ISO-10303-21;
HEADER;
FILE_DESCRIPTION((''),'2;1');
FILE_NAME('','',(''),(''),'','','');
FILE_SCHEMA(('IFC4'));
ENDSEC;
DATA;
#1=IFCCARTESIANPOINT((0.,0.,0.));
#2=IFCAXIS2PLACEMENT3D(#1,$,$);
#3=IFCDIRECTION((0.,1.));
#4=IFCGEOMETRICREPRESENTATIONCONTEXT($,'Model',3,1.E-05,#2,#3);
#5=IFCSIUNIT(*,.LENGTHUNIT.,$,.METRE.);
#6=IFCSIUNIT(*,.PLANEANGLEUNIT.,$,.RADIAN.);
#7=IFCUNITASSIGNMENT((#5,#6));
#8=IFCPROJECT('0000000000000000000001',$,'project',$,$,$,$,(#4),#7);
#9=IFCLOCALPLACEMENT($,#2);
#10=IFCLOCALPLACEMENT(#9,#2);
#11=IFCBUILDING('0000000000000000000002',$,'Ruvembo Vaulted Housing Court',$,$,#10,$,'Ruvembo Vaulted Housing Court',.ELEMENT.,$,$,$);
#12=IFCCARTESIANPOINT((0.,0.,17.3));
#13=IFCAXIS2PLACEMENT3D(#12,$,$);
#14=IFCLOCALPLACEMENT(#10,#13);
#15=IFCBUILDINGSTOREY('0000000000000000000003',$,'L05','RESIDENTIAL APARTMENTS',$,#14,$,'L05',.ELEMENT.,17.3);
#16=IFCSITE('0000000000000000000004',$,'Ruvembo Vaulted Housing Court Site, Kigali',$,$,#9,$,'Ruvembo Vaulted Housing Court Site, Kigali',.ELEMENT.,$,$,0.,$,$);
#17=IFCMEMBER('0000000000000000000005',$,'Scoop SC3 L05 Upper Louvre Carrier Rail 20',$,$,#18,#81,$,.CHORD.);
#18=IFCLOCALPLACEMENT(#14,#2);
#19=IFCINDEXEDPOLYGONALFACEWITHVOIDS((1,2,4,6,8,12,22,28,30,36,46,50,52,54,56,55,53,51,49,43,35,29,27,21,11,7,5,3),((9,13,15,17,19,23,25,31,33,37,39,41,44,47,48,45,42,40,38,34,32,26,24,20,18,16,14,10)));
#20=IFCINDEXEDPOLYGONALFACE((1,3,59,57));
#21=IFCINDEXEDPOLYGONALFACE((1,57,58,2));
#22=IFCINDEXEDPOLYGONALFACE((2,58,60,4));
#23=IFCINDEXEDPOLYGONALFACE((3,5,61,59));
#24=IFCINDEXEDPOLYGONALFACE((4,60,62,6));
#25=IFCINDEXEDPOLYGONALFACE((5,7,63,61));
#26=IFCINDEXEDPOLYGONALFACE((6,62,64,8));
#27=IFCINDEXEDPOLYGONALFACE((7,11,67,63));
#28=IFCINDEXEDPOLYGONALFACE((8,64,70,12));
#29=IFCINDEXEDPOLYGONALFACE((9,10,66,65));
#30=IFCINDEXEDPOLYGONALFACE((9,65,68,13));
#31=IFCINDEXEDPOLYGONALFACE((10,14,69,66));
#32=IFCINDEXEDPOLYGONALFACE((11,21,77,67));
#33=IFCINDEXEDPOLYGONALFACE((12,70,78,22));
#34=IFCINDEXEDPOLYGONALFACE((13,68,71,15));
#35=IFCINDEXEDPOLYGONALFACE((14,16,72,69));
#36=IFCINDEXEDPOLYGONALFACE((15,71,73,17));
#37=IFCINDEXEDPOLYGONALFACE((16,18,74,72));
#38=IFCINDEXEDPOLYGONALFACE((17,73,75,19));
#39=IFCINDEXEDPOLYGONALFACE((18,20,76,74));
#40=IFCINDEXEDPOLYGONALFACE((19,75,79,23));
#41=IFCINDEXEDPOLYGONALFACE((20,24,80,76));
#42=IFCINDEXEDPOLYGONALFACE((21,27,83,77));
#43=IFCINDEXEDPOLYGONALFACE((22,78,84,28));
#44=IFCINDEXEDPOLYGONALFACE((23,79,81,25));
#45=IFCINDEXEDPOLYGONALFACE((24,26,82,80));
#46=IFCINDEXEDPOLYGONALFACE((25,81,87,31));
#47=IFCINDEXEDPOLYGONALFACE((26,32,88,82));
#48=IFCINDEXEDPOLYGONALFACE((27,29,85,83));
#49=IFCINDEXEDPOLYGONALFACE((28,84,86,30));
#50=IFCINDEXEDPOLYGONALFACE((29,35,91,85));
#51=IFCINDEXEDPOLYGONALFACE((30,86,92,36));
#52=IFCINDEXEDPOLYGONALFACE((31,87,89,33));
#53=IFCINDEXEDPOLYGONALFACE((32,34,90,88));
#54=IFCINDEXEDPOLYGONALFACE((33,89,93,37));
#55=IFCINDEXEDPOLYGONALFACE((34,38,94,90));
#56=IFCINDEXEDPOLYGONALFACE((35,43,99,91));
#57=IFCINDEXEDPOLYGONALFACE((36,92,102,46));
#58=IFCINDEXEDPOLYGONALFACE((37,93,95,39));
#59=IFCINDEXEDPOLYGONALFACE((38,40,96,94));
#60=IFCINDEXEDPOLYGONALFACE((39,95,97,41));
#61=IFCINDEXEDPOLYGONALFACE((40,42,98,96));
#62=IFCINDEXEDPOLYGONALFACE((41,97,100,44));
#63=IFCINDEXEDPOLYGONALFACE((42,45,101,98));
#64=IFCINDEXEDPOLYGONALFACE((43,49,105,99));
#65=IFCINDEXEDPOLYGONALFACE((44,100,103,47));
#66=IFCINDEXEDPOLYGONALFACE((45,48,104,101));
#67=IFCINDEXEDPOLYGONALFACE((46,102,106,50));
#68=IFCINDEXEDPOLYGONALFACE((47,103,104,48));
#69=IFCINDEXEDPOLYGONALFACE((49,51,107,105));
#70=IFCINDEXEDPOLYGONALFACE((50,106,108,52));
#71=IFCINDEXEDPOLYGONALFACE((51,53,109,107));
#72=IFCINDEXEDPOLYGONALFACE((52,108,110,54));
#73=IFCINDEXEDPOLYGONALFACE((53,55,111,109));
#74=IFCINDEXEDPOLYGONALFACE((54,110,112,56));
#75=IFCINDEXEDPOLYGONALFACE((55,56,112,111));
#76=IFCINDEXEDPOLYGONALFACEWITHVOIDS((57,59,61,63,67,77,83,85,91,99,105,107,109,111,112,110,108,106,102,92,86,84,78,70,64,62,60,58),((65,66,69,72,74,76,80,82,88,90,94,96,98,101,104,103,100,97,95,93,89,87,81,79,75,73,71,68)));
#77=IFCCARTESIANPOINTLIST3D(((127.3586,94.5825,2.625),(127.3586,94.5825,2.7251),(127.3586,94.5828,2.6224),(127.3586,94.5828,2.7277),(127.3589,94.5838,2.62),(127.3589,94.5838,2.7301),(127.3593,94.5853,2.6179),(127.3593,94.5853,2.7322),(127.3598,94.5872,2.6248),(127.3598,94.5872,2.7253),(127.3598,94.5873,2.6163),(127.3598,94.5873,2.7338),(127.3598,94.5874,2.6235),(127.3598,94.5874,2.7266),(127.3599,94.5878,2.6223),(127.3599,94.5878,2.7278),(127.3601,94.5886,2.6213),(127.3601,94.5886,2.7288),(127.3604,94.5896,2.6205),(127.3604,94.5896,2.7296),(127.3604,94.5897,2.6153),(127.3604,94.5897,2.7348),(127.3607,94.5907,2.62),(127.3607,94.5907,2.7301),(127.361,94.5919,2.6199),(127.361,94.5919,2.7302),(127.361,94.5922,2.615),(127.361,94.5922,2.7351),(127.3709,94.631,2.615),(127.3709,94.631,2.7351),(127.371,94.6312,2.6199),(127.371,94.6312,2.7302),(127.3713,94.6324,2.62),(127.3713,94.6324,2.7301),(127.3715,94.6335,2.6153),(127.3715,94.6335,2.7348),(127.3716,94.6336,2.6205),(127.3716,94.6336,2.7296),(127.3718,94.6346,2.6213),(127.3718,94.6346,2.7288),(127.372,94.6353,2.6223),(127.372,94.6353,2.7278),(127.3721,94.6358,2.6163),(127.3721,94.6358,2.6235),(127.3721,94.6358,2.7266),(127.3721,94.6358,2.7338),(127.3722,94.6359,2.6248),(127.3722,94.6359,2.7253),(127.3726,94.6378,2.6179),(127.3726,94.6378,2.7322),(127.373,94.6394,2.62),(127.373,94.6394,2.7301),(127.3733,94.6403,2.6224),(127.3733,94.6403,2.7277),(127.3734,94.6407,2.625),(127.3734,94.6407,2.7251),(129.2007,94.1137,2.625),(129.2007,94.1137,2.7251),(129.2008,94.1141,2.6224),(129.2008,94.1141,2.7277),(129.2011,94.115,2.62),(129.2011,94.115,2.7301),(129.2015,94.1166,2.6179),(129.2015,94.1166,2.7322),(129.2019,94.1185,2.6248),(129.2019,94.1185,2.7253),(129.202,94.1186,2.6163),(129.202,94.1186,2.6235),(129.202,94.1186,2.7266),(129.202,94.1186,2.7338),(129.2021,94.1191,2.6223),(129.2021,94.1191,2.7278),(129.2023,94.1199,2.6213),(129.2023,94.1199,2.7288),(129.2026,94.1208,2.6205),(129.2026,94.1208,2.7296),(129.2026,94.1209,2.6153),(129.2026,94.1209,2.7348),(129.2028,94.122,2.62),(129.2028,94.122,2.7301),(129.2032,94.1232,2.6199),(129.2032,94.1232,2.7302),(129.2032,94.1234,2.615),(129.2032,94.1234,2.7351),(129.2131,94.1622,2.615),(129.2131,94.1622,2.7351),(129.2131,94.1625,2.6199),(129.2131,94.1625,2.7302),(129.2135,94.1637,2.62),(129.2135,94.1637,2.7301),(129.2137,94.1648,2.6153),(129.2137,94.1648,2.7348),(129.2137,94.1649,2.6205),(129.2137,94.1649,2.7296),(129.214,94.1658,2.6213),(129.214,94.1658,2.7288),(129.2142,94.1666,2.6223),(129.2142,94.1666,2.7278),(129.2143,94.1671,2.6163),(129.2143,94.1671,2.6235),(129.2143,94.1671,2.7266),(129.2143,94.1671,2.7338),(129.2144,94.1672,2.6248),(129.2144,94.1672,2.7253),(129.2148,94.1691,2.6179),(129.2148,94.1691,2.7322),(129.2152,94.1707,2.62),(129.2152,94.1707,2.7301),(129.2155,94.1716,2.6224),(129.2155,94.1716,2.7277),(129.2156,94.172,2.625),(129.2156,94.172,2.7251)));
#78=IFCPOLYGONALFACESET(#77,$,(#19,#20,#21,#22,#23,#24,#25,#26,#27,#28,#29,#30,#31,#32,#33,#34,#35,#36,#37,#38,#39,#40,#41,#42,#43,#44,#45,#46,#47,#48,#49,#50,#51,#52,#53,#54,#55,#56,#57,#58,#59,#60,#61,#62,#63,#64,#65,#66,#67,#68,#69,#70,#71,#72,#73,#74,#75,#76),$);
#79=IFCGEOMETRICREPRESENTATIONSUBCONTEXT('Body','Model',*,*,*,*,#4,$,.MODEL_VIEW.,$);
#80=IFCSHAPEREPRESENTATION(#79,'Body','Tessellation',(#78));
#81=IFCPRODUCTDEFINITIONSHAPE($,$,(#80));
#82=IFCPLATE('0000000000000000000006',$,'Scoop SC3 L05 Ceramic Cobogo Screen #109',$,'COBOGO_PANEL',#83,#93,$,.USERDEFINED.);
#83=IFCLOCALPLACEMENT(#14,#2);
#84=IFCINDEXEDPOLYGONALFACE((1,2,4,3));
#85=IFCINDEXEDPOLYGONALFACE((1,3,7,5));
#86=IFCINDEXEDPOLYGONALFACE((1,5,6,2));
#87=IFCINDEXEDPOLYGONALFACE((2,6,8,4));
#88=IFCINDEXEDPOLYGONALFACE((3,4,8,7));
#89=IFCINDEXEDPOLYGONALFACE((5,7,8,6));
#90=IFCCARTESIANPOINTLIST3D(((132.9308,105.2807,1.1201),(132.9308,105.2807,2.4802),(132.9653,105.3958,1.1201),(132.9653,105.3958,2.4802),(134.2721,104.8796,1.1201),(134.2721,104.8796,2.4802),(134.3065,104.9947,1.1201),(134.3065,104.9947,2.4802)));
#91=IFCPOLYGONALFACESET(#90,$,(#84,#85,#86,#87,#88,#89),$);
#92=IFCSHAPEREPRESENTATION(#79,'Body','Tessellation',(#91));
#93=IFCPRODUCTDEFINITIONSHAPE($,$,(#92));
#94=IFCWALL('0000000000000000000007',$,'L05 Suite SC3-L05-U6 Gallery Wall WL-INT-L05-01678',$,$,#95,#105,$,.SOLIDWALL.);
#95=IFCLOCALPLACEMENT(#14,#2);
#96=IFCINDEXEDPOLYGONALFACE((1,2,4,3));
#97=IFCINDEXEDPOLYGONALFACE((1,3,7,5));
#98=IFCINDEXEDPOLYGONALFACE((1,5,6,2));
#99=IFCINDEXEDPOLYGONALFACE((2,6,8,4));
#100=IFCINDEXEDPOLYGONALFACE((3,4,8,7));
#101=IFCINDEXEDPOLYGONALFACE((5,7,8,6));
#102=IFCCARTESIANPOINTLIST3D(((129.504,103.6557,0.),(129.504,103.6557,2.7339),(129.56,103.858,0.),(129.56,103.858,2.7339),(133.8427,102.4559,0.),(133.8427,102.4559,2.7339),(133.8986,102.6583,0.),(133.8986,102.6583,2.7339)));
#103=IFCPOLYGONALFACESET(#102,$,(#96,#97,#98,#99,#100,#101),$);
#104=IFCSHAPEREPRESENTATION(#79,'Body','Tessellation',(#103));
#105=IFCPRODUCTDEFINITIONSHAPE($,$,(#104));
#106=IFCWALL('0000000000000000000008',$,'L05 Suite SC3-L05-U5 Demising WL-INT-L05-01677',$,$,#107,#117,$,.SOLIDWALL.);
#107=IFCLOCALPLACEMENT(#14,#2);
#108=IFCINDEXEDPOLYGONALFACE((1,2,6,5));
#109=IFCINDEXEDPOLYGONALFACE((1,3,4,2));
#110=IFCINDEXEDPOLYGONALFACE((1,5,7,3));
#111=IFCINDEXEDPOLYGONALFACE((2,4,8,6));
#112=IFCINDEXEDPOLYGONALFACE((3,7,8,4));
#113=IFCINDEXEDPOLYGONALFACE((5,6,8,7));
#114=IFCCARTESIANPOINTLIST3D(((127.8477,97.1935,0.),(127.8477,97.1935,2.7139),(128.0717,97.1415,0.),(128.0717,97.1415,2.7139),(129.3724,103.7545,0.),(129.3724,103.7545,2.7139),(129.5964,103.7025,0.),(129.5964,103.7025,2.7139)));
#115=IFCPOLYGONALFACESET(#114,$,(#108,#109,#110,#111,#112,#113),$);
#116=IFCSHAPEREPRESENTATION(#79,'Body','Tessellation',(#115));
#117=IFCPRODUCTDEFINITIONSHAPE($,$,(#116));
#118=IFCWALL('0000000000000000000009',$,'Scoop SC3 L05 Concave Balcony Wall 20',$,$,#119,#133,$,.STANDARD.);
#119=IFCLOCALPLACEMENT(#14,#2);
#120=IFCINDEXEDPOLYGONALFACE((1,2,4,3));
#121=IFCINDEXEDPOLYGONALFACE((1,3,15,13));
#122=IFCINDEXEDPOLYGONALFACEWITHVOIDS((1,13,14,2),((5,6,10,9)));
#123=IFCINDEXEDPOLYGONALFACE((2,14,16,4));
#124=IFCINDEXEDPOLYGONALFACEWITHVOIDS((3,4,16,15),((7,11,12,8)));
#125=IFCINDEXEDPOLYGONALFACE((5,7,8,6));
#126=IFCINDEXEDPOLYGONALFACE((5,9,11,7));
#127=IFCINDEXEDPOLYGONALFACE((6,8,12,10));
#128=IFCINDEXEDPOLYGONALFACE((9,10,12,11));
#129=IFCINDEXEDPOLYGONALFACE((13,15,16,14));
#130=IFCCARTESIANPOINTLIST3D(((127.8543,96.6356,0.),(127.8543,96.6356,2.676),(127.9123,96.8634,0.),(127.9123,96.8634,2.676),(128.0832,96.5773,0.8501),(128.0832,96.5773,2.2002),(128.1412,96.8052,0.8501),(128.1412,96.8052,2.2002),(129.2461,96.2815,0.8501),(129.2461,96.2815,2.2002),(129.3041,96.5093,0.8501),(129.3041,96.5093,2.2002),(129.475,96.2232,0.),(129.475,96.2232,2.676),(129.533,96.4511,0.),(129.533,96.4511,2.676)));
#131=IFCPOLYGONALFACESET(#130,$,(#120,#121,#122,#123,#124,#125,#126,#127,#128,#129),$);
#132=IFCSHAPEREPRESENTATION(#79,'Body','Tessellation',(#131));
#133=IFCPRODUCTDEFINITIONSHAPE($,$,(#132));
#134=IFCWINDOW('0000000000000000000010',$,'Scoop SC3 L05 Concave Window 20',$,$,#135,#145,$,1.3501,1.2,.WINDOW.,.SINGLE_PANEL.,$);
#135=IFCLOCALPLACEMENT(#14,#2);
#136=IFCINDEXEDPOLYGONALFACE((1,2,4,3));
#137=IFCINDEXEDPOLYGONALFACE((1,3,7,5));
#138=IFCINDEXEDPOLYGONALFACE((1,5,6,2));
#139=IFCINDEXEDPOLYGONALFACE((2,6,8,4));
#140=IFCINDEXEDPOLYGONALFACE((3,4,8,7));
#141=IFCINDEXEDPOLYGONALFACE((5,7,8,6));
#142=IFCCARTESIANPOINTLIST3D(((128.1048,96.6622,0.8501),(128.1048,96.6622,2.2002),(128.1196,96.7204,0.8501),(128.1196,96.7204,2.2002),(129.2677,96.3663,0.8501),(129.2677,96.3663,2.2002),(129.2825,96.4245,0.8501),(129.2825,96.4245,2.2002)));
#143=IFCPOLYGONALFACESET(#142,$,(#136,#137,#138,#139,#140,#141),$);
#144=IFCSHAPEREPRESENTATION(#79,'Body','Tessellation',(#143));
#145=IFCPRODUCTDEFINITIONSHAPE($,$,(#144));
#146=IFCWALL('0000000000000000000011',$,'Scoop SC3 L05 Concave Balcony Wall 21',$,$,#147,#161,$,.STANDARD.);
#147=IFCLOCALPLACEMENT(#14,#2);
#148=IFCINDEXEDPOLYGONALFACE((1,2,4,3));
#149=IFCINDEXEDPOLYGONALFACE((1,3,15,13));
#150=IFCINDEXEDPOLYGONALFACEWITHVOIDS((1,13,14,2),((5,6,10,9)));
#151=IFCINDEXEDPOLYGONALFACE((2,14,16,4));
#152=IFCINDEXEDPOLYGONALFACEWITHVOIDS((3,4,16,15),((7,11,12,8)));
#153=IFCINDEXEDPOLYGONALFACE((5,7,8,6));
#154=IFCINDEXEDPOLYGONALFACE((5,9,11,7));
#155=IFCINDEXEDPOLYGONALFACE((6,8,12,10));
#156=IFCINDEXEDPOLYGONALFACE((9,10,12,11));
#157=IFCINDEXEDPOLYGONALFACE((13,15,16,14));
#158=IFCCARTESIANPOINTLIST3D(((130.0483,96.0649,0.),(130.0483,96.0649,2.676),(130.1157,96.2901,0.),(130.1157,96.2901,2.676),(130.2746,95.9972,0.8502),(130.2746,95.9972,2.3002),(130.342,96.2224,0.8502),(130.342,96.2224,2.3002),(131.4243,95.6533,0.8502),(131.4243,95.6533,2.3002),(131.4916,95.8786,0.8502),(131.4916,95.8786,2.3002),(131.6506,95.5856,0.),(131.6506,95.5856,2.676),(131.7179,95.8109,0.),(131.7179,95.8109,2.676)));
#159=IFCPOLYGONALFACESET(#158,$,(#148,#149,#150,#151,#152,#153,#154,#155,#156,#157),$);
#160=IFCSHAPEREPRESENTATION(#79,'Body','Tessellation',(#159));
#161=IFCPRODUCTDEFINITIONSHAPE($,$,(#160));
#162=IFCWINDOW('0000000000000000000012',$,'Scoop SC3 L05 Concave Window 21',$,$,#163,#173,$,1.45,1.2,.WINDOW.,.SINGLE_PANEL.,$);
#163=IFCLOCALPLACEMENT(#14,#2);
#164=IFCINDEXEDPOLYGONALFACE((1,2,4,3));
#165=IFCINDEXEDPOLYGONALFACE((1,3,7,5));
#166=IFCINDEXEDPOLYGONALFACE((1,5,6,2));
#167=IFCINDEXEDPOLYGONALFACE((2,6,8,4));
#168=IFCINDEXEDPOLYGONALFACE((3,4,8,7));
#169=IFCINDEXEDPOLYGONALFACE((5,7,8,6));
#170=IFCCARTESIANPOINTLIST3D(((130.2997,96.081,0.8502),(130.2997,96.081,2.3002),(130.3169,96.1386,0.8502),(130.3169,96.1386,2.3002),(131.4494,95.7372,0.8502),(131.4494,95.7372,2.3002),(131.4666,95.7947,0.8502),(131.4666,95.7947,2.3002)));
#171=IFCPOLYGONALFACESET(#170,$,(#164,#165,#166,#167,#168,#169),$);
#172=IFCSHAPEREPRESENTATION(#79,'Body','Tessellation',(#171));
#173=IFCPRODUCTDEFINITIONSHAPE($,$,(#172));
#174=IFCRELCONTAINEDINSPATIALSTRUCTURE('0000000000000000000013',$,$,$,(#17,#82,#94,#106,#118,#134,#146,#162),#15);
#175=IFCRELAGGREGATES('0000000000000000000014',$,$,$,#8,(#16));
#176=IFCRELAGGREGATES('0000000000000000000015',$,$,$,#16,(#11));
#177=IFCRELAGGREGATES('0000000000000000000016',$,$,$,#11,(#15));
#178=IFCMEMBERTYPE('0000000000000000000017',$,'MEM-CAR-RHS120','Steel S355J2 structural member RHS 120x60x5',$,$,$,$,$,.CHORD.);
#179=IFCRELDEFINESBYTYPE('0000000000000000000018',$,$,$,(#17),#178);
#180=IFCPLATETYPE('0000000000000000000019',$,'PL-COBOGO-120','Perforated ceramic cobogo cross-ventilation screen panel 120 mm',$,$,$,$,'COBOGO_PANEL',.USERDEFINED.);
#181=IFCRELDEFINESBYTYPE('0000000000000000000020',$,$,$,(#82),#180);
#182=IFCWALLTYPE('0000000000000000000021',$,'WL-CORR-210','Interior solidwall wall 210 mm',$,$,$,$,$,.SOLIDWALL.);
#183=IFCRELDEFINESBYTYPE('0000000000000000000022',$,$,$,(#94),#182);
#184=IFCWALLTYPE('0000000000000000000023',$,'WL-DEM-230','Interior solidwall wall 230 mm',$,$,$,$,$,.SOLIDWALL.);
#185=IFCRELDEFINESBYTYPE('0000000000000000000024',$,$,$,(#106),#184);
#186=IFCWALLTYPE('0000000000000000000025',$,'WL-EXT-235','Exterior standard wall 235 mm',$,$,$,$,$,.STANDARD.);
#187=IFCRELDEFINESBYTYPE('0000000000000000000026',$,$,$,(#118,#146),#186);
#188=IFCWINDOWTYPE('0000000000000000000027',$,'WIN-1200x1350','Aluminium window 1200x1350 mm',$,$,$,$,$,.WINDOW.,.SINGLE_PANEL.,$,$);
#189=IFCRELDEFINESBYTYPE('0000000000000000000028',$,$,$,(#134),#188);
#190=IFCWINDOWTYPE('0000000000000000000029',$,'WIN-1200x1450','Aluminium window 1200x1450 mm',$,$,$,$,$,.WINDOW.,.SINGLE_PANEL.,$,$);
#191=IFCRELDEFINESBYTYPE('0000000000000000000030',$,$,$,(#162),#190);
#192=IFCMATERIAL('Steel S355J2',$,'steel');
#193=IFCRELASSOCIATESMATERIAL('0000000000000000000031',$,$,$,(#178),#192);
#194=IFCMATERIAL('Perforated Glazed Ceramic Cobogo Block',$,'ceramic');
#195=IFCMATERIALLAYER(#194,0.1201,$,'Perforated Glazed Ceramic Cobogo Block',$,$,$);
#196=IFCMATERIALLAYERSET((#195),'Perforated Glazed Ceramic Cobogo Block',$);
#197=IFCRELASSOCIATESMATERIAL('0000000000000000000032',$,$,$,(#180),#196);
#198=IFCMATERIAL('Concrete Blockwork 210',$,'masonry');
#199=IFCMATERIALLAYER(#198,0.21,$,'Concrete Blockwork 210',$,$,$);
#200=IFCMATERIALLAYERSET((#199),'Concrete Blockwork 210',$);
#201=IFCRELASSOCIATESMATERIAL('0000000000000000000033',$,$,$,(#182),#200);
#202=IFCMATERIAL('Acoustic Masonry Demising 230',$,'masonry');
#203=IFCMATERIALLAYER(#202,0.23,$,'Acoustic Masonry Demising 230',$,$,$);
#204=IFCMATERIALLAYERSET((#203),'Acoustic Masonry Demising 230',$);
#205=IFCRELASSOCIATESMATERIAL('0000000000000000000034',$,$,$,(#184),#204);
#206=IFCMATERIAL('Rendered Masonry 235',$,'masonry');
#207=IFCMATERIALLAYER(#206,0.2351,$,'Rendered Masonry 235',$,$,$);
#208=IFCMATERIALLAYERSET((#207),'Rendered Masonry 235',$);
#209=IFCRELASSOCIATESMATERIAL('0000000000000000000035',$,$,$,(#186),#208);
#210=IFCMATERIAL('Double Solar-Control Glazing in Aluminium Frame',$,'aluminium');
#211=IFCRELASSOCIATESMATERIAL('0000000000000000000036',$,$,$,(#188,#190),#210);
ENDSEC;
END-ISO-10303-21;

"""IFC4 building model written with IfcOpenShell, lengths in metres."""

from ifc_helpers import new_model, si_unit, direction, frame, frame_2d, origin, origin_2d, place, context, subcontext, project, spatial, rectangle, hollow_rectangle, extrude, material, layer, layer_set, material_profile, profile_set, type_object, element, fill, save


model = new_model("IFC4")

# Units and contexts
model_context = context("Model", 3, precision=1e-05, world=origin(), true_north=direction((0.0, 1.0)))
body_context = subcontext(model_context, "Body", "Model", "MODEL_VIEW")
ifc_project = project(units=[si_unit("LENGTHUNIT", "METRE"), si_unit("PLANEANGLEUNIT", "RADIAN")], contexts=[model_context])

# Site, building, storey
site_placement = place(None, origin())
site = spatial("IfcSite", under=ifc_project, at=site_placement, Name="Ruvembo Vaulted Housing Court Site, Kigali", LongName="Ruvembo Vaulted Housing Court Site, Kigali", CompositionType="ELEMENT", RefElevation=0.0)
building_placement = place(site_placement, origin())
building = spatial("IfcBuilding", under=site, at=building_placement, Name="Ruvembo Vaulted Housing Court", LongName="Ruvembo Vaulted Housing Court", CompositionType="ELEMENT")
storey_placement = place(building_placement, frame((0.0, 0.0, 17.3)))
storey = spatial("IfcBuildingStorey", under=building, at=storey_placement, Name="L05", Description="RESIDENTIAL APARTMENTS", LongName="L05", CompositionType="ELEMENT", Elevation=17.3)

# Shared definitions
ifc_material_1 = material(Name="Steel S355J2", Category="steel")

# Member
ifc_material_profile_1 = material_profile(ifc_material_1, hollow_rectangle(XDim=0.0601, YDim=0.1201, WallThickness=0.0049, InnerFilletRadius=0.0049, OuterFilletRadius=0.01, at=origin_2d()), Name="RHS 120x60x5")
ifc_profile_set_1 = profile_set([ifc_material_profile_1], Name="Steel S355J2")
member_type = type_object("IfcMemberType", Name="MEM-CAR-RHS120", Description="Steel S355J2 structural member RHS 120x60x5", PredefinedType="CHORD", material=ifc_profile_set_1)
member_placement = place(storey_placement, frame((127.366, 94.6116, 2.675), z_axis=(0.969122, -0.246583, 0.0), x_axis=(0.246583, 0.969122, 0.0)))
element("IfcMember", 1, at=member_placement, inside=storey, type_object=member_type, Name="Scoop SC3 L05 Upper Louvre Carrier Rail 20", PredefinedType="CHORD", context=body_context, shape_type="SweptSolid", body=[
    extrude(hollow_rectangle(XDim=0.0601, YDim=0.1201, WallThickness=0.0049, InnerFilletRadius=0.0049, OuterFilletRadius=0.01, at=origin_2d()), origin(), (0.0, 0.0, 1.0), 1.9009),
])

# Plate
ifc_material_2 = material(Name="Perforated Glazed Ceramic Cobogo Block", Category="ceramic")
ifc_layer_1 = layer(ifc_material_2, 0.1201, Name="Perforated Glazed Ceramic Cobogo Block")
ifc_layer_set_1 = layer_set([ifc_layer_1], Name="Perforated Glazed Ceramic Cobogo Block")
plate_type = type_object("IfcPlateType", Name="PL-COBOGO-120", Description="Perforated ceramic cobogo cross-ventilation screen panel 120 mm", ElementType="COBOGO_PANEL", PredefinedType="USERDEFINED", material=ifc_layer_set_1)
plate_placement = place(storey_placement, frame((133.6187, 105.1377, 1.1201), z_axis=(0.0, 0.0, 1.0), x_axis=(0.958078, -0.286508, 0.0)))
element("IfcPlate", 2, at=plate_placement, inside=storey, type_object=plate_type, Name="Scoop SC3 L05 Ceramic Cobogo Screen #109", ObjectType="COBOGO_PANEL", PredefinedType="USERDEFINED", context=body_context, shape_type="SweptSolid", body=[
    extrude(rectangle(XDim=1.3999, YDim=0.1201, at=origin_2d()), origin(), (0.0, 0.0, 1.0), 1.3601),
])

# Wall
ifc_material_3 = material(Name="Concrete Blockwork 210", Category="masonry")
ifc_layer_2 = layer(ifc_material_3, 0.21, Name="Concrete Blockwork 210")
ifc_layer_set_2 = layer_set([ifc_layer_2], Name="Concrete Blockwork 210")
wall_type_1 = type_object("IfcWallType", Name="WL-CORR-210", Description="Interior solidwall wall 210 mm", PredefinedType="SOLIDWALL", material=ifc_layer_set_2)
wall_1_placement = place(storey_placement, frame((129.532, 103.7568, 0.0), z_axis=(0.0, 0.0, 1.0), x_axis=(0.96383, -0.266516, 0.0)))
element("IfcWall", 3, at=wall_1_placement, inside=storey, type_object=wall_type_1, Name="L05 Suite SC3-L05-U6 Gallery Wall WL-INT-L05-01678", PredefinedType="SOLIDWALL", context=body_context, shape_type="SweptSolid", body=[
    extrude(rectangle(XDim=4.5015, YDim=0.21, at=frame_2d((2.2507, 0.0))), origin(), (0.0, 0.0, 1.0), 2.7339),
])

# Wall
ifc_material_4 = material(Name="Acoustic Masonry Demising 230", Category="masonry")
ifc_layer_3 = layer(ifc_material_4, 0.23, Name="Acoustic Masonry Demising 230")
ifc_layer_set_3 = layer_set([ifc_layer_3], Name="Acoustic Masonry Demising 230")
wall_type_2 = type_object("IfcWallType", Name="WL-DEM-230", Description="Interior solidwall wall 230 mm", PredefinedType="SOLIDWALL", material=ifc_layer_set_3)
wall_2_placement = place(storey_placement, frame((127.9597, 97.1675, 0.0), z_axis=(0.0, 0.0, 1.0), x_axis=(0.22635, 0.974046, 0.0)))
element("IfcWall", 4, at=wall_2_placement, inside=storey, type_object=wall_type_2, Name="L05 Suite SC3-L05-U5 Demising WL-INT-L05-01677", PredefinedType="SOLIDWALL", context=body_context, shape_type="SweptSolid", body=[
    extrude(rectangle(XDim=6.7358, YDim=0.23, at=frame_2d((3.3679, 0.0))), origin(), (0.0, 0.0, 1.0), 2.7139),
])

# Walls, openings, windows
ifc_material_5 = material(Name="Rendered Masonry 235", Category="masonry")
ifc_layer_4 = layer(ifc_material_5, 0.2351, Name="Rendered Masonry 235")
ifc_layer_set_4 = layer_set([ifc_layer_4], Name="Rendered Masonry 235")
wall_type_3 = type_object("IfcWallType", Name="WL-EXT-235", Description="Exterior standard wall 235 mm", PredefinedType="STANDARD", material=ifc_layer_set_4)
wall_3_placement = place(storey_placement, frame((127.8833, 96.7495, 0.0), z_axis=(0.0, 0.0, 1.0), x_axis=(0.969121, -0.246587, 0.0)))
wall_3 = element("IfcWall", 5, at=wall_3_placement, inside=storey, type_object=wall_type_3, Name="Scoop SC3 L05 Concave Balcony Wall 20", PredefinedType="STANDARD", context=body_context, shape_type="SweptSolid", body=[
    extrude(rectangle(XDim=1.6724, YDim=0.2351, at=frame_2d((0.8362, 0.0))), origin(), (0.0, 0.0, 1.0), 2.676),
])
opening_1_placement = place(wall_3_placement, frame((0.2361, 0.0, 0.8501)))
opening_1 = element("IfcOpeningElement", 6, at=opening_1_placement, cuts=wall_3, PredefinedType="OPENING", context=body_context, shape_type="SweptSolid", body=[
    extrude(rectangle(XDim=1.2, YDim=1.3501, at=frame_2d((0.6001, 0.675))), frame((0.0, 0.1274, 0.0), z_axis=(0.0, -1.0, 0.0), x_axis=(1.0, 0.0, 0.0)), (0.0, 0.0, 1.0), 0.2551),
])
ifc_material_6 = material(Name="Double Solar-Control Glazing in Aluminium Frame", Category="aluminium")
window_type_1 = type_object("IfcWindowType", Name="WIN-1200x1350", Description="Aluminium window 1200x1350 mm", PartitioningType="SINGLE_PANEL", PredefinedType="WINDOW", material=ifc_material_6)
window_1_placement = place(opening_1_placement, origin())
window_1 = element("IfcWindow", 7, at=window_1_placement, inside=storey, type_object=window_type_1, Name="Scoop SC3 L05 Concave Window 20", OverallHeight=1.3501, OverallWidth=1.2, PartitioningType="SINGLE_PANEL", PredefinedType="WINDOW", context=body_context, shape_type="SweptSolid", body=[
    extrude(rectangle(XDim=1.2, YDim=1.3501, at=frame_2d((0.6001, 0.675))), frame((0.0, 0.03, 0.0), z_axis=(0.0, -1.0, 0.0), x_axis=(1.0, 0.0, 0.0)), (0.0, 0.0, 1.0), 0.0601),
])
fill(opening_1, window_1)
wall_4_placement = place(storey_placement, frame((130.082, 96.1775, 0.0), z_axis=(0.0, 0.0, 1.0), x_axis=(0.958063, -0.286558, 0.0)))
wall_4 = element("IfcWall", 8, at=wall_4_placement, inside=storey, type_object=wall_type_3, Name="Scoop SC3 L05 Concave Balcony Wall 21", PredefinedType="STANDARD", context=body_context, shape_type="SweptSolid", body=[
    extrude(rectangle(XDim=1.6724, YDim=0.2351, at=frame_2d((0.8362, 0.0))), origin(), (0.0, 0.0, 1.0), 2.676),
])
opening_2_placement = place(wall_4_placement, frame((0.2361, 0.0, 0.8501)))
opening_2 = element("IfcOpeningElement", 9, at=opening_2_placement, cuts=wall_4, PredefinedType="OPENING", context=body_context, shape_type="SweptSolid", body=[
    extrude(rectangle(XDim=1.2, YDim=1.45, at=frame_2d((0.6001, 0.7251))), frame((0.0, 0.1274, 0.0), z_axis=(0.0, -1.0, 0.0), x_axis=(1.0, 0.0, 0.0)), (0.0, 0.0, 1.0), 0.2551),
])
window_type_2 = type_object("IfcWindowType", Name="WIN-1200x1450", Description="Aluminium window 1200x1450 mm", PartitioningType="SINGLE_PANEL", PredefinedType="WINDOW", material=ifc_material_6)
window_2_placement = place(opening_2_placement, origin())
window_2 = element("IfcWindow", 10, at=window_2_placement, inside=storey, type_object=window_type_2, Name="Scoop SC3 L05 Concave Window 21", OverallHeight=1.45, OverallWidth=1.2, PartitioningType="SINGLE_PANEL", PredefinedType="WINDOW", context=body_context, shape_type="SweptSolid", body=[
    extrude(rectangle(XDim=1.2, YDim=1.45, at=frame_2d((0.6001, 0.7251))), frame((0.0, 0.03, 0.0), z_axis=(0.0, -1.0, 0.0), x_axis=(1.0, 0.0, 0.0)), (0.0, 0.0, 1.0), 0.0601),
])
fill(opening_2, window_2)

save(model, "model.ifc")
